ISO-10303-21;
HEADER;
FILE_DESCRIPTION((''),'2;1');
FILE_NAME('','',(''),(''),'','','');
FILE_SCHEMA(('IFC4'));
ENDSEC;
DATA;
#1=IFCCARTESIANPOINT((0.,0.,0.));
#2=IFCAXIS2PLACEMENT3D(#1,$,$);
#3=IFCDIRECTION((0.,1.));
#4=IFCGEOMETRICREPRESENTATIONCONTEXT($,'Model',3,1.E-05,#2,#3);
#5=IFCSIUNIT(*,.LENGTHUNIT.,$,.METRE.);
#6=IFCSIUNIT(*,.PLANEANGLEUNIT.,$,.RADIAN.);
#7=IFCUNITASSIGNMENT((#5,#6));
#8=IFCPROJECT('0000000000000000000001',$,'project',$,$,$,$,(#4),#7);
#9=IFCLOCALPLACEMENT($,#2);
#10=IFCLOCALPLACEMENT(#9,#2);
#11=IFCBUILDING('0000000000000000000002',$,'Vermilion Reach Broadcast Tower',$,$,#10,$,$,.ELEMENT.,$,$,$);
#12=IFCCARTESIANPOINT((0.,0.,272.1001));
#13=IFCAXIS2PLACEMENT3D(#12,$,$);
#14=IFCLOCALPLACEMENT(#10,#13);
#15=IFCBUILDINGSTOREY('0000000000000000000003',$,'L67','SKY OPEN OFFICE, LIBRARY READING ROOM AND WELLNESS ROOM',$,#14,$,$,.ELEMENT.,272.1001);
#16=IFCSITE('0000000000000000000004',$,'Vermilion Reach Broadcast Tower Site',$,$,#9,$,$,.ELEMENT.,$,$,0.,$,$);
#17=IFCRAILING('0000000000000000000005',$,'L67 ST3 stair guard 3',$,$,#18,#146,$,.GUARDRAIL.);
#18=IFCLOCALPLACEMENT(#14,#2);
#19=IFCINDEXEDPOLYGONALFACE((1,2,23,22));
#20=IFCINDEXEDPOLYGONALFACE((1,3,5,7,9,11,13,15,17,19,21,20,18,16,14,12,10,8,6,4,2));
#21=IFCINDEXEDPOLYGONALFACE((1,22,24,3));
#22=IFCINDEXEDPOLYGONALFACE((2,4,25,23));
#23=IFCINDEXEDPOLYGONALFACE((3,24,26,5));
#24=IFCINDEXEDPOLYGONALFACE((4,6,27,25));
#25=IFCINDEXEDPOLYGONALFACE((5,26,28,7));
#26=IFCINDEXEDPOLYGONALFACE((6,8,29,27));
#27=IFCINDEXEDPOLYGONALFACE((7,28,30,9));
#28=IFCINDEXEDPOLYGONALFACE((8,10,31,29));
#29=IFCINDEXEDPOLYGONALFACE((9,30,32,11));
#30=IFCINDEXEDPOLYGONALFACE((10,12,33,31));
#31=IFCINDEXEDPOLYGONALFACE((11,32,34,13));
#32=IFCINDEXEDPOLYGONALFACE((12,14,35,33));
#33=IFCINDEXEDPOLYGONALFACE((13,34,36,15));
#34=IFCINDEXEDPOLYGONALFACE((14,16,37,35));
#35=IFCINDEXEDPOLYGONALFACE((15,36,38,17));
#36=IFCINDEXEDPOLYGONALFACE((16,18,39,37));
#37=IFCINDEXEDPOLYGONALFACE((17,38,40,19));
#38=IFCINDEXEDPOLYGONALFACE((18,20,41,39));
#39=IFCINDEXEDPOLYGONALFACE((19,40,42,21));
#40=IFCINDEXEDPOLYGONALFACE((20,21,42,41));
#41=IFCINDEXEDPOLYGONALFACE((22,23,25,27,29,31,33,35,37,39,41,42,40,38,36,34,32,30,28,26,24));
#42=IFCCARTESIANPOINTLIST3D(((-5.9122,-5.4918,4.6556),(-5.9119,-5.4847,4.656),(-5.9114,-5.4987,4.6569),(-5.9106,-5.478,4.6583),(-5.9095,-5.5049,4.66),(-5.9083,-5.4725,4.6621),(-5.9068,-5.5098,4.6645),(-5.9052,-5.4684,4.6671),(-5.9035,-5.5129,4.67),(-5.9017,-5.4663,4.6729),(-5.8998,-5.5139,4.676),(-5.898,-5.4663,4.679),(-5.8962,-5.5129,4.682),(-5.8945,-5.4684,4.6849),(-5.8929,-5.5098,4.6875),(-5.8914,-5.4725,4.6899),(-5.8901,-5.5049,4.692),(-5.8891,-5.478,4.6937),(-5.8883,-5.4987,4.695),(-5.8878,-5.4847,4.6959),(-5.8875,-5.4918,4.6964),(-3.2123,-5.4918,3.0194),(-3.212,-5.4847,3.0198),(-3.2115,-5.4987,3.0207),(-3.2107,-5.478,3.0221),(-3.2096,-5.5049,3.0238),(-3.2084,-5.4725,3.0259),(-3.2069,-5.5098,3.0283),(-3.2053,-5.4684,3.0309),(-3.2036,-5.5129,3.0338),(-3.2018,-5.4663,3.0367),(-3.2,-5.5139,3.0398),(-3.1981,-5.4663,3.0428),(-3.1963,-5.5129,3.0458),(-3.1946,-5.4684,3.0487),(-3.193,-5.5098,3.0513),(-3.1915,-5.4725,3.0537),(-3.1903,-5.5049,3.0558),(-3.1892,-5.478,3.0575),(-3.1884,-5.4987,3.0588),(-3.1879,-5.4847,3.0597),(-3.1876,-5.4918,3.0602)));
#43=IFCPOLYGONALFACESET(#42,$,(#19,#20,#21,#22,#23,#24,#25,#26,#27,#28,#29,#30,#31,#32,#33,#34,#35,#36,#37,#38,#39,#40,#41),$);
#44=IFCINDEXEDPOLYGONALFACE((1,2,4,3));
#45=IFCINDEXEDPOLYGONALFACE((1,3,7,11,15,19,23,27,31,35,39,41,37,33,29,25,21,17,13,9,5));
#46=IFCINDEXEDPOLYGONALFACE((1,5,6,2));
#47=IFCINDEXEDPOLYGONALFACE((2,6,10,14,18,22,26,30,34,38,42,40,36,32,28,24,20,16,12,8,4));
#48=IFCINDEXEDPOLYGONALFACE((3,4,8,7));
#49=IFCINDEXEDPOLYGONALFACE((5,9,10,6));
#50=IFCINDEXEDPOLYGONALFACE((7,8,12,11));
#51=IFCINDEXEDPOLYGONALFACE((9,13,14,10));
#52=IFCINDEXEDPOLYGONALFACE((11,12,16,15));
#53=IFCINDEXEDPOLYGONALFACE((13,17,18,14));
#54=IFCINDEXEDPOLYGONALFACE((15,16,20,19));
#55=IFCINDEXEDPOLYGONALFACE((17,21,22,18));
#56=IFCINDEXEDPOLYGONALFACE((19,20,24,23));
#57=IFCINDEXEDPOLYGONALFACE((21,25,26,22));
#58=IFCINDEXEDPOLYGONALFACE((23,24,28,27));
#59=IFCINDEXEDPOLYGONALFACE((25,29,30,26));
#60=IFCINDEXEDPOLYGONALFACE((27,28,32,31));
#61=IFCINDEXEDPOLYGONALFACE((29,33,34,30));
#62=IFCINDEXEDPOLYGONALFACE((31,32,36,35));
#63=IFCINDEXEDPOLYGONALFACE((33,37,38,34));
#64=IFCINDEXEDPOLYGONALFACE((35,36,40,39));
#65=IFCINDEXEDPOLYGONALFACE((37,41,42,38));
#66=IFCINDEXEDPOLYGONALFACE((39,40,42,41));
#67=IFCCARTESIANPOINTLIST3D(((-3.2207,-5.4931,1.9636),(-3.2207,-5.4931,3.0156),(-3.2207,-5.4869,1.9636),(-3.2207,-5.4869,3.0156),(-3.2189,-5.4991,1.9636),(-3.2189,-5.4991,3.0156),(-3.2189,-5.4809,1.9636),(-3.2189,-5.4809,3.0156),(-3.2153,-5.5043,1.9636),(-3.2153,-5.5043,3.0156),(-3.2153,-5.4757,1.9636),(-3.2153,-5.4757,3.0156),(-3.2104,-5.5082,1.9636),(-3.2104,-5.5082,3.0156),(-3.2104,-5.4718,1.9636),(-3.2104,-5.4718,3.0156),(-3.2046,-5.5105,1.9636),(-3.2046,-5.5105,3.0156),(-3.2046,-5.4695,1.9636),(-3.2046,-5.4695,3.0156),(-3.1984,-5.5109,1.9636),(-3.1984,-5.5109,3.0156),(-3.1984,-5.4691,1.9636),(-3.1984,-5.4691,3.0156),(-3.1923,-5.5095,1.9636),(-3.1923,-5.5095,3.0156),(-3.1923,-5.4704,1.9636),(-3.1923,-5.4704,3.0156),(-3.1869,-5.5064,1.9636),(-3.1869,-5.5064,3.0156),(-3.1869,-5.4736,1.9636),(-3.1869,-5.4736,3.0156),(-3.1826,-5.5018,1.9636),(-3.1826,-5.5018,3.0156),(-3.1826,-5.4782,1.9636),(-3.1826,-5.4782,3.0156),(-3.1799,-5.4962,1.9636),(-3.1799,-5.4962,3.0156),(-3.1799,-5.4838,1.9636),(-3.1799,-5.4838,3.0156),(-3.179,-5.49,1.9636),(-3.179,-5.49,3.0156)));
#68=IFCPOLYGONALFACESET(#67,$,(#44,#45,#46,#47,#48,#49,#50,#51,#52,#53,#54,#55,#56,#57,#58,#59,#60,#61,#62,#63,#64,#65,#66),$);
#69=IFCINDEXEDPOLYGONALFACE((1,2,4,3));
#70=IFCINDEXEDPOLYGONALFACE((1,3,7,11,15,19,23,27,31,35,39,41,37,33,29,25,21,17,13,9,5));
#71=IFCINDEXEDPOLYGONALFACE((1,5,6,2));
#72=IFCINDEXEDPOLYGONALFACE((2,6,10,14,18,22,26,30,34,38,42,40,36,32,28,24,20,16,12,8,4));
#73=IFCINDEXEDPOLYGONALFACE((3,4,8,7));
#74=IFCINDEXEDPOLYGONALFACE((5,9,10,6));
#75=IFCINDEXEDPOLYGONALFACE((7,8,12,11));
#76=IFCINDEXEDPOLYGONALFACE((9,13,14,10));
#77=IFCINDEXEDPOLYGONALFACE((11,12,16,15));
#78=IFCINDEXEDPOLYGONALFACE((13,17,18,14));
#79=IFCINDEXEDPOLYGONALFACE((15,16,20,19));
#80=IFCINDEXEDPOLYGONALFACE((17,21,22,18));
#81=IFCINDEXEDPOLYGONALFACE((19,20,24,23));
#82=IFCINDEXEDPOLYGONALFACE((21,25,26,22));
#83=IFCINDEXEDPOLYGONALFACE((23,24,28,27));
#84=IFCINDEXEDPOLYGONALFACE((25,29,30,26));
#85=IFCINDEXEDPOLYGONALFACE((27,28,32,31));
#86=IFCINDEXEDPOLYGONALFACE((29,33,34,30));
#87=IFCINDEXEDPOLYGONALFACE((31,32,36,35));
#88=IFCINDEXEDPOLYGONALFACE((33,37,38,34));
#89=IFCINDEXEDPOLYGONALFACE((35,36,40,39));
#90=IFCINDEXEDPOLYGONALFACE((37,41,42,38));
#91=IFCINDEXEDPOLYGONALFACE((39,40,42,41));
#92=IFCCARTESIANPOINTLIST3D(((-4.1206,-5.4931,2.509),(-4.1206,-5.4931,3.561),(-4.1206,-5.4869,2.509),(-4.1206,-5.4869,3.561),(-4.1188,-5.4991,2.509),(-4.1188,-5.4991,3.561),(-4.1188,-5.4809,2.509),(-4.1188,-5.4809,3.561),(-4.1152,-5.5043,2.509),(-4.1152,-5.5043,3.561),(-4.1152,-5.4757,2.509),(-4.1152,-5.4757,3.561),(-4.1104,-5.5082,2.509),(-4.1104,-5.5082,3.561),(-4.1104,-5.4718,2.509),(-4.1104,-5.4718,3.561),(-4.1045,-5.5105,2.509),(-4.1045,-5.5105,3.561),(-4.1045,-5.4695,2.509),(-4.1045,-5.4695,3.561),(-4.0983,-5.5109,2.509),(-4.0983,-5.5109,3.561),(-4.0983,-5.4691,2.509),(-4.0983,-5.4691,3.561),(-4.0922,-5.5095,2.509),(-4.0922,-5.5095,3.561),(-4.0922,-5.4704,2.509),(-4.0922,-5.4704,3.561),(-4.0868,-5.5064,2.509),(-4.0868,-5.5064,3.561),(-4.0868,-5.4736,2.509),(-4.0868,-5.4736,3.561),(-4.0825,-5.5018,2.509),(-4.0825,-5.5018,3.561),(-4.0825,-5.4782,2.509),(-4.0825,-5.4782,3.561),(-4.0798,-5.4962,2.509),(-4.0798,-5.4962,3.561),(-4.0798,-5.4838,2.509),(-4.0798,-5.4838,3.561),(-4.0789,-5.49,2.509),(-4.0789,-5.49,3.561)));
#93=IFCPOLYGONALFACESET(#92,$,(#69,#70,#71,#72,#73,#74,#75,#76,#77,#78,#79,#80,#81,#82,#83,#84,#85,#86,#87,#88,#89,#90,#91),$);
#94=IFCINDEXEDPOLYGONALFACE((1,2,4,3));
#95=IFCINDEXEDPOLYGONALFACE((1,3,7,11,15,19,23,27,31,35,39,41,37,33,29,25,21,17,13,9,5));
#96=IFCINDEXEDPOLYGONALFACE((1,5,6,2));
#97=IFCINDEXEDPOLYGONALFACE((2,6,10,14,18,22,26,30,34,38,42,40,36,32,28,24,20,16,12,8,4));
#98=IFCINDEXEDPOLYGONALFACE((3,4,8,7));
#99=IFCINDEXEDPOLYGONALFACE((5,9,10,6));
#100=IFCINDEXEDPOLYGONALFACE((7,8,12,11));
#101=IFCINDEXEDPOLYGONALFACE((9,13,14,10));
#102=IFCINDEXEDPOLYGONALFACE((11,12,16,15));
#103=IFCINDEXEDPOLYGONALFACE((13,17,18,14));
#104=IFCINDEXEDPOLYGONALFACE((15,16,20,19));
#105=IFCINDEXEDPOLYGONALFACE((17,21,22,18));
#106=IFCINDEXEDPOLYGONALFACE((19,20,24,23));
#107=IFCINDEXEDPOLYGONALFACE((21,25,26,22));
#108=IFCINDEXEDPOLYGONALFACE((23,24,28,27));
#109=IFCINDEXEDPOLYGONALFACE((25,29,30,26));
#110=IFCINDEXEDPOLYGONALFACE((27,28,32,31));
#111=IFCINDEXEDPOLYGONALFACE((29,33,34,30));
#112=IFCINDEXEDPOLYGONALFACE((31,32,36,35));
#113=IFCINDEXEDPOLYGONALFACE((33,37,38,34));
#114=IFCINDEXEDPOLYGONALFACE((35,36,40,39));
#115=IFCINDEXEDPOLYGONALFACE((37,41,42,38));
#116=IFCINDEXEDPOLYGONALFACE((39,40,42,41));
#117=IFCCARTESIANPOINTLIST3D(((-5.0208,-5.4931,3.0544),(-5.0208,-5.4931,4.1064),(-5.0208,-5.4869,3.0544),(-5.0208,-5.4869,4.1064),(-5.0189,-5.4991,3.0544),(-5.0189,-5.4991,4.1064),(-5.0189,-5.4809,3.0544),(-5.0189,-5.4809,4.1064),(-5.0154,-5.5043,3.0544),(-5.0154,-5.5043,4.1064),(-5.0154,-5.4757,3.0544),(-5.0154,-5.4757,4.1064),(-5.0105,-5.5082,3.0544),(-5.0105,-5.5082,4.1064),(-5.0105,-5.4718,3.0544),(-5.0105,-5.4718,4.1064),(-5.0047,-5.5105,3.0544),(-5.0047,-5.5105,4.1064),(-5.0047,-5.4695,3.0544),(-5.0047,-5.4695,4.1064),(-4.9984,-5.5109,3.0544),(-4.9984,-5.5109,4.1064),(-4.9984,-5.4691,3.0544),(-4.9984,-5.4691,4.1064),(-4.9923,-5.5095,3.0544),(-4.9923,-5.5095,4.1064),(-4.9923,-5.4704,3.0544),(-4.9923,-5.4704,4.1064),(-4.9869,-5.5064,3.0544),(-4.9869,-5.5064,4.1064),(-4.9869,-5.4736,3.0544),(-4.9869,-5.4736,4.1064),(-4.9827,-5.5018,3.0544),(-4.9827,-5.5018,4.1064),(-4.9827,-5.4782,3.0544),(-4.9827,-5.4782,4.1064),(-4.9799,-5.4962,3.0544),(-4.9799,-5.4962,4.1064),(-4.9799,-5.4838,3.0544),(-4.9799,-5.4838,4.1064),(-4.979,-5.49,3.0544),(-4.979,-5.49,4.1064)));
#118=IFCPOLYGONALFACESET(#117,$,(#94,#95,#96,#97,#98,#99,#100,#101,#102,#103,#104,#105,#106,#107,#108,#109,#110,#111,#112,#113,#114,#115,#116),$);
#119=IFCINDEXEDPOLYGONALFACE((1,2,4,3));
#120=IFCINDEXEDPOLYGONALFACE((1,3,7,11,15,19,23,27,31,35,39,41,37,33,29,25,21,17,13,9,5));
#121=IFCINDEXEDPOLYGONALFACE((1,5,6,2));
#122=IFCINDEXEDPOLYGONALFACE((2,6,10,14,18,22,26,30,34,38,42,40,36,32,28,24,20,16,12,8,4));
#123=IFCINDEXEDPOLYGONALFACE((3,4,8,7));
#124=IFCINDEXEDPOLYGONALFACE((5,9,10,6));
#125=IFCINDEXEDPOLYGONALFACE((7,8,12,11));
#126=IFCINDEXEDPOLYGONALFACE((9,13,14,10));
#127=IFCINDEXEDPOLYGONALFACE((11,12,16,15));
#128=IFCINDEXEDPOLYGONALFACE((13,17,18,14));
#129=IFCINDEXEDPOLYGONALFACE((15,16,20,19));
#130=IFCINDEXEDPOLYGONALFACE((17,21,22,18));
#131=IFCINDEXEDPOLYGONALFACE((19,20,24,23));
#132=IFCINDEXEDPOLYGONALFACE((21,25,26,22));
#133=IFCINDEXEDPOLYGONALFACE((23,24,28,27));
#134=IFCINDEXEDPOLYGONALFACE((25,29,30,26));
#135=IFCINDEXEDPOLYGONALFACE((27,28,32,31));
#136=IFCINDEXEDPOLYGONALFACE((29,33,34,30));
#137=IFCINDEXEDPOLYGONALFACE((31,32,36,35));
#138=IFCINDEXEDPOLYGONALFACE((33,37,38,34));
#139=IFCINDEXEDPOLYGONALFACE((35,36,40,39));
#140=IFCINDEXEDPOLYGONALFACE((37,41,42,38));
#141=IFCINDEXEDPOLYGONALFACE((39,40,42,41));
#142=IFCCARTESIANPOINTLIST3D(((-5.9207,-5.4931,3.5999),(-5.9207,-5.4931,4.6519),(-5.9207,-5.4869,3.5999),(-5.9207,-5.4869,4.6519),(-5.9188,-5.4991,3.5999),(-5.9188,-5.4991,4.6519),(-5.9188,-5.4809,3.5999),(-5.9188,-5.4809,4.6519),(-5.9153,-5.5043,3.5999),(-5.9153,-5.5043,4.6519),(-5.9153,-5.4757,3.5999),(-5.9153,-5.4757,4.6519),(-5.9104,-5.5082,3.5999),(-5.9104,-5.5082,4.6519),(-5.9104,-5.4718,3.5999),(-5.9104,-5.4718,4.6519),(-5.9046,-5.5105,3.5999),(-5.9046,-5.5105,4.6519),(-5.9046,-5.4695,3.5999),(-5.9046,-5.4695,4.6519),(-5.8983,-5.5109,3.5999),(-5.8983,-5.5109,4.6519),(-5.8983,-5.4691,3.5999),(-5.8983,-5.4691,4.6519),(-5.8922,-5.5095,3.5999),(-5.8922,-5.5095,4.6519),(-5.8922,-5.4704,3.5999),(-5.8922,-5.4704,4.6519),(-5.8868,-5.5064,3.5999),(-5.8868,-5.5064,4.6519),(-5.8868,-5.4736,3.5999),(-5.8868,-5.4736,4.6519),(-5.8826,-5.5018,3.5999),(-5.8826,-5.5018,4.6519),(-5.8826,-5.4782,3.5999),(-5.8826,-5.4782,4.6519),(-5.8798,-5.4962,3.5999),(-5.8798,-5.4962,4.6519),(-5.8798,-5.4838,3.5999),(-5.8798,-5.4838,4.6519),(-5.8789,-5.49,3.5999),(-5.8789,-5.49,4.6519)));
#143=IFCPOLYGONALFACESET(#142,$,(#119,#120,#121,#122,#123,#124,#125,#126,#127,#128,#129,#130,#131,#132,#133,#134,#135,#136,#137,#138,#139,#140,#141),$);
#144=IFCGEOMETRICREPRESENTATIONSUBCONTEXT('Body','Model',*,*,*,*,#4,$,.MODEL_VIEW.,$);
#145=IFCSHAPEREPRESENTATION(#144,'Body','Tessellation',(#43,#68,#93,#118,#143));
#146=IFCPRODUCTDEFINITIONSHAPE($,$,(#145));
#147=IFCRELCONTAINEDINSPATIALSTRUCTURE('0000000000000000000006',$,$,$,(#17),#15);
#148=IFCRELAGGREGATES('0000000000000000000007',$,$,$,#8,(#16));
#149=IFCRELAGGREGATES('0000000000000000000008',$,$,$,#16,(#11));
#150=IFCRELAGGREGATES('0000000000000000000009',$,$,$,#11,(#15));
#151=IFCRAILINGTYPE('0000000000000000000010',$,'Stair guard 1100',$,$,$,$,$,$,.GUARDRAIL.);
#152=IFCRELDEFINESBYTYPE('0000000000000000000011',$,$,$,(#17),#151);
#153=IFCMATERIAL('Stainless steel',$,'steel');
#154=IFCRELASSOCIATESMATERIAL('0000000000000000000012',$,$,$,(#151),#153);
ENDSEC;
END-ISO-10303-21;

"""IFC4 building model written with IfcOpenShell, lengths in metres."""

from ifc_helpers import new_model, si_unit, direction, frame, origin, origin_2d, place, context, subcontext, project, spatial, circle, extrude, material, type_object, element, save


model = new_model("IFC4")

# Units and contexts
model_context = context("Model", 3, precision=1e-05, world=origin(), true_north=direction((0.0, 1.0)))
body_context = subcontext(model_context, "Body", "Model", "MODEL_VIEW")
ifc_project = project(units=[si_unit("LENGTHUNIT", "METRE"), si_unit("PLANEANGLEUNIT", "RADIAN")], contexts=[model_context])

# Site, building, storey
site_placement = place(None, origin())
site = spatial("IfcSite", under=ifc_project, at=site_placement, Name="Vermilion Reach Broadcast Tower Site", CompositionType="ELEMENT", RefElevation=0.0)
building_placement = place(site_placement, origin())
building = spatial("IfcBuilding", under=site, at=building_placement, Name="Vermilion Reach Broadcast Tower", CompositionType="ELEMENT")
storey_placement = place(building_placement, frame((0.0, 0.0, 272.1001)))
storey = spatial("IfcBuildingStorey", under=building, at=storey_placement, Name="L67", Description="SKY OPEN OFFICE, LIBRARY READING ROOM AND WELLNESS ROOM", CompositionType="ELEMENT", Elevation=272.1001)

# Railing
ifc_material_1 = material(Name="Stainless steel", Category="steel")
railing_type_1 = type_object("IfcRailingType", Name="Stair guard 1100", PredefinedType="GUARDRAIL", material=ifc_material_1)
railing_1_placement = place(storey_placement, frame((-3.2, -5.49, 1.9636)))
element("IfcRailing", 1, at=railing_1_placement, inside=storey, type_object=railing_type_1, Name="L67 ST3 stair guard 3", PredefinedType="GUARDRAIL", context=body_context, shape_type="SweptSolid", body=[
    extrude(circle(Radius=0.0239, at=origin_2d()), frame((0.0, 0.0, 1.0762), z_axis=(-0.855212, 0.0, 0.518278), x_axis=(0.0, -1.0, 0.0)), (0.0, 0.0, 1.0), 3.157),
    extrude(circle(Radius=0.021, at=origin_2d()), origin(), (0.0, 0.0, 1.0), 1.052),
    extrude(circle(Radius=0.021, at=origin_2d()), frame((-0.8999, 0.0, 0.5454)), (0.0, 0.0, 1.0), 1.052),
    extrude(circle(Radius=0.021, at=origin_2d()), frame((-1.8, 0.0, 1.0908)), (0.0, 0.0, 1.0), 1.052),
    extrude(circle(Radius=0.021, at=origin_2d()), frame((-2.7, 0.0, 1.6362)), (0.0, 0.0, 1.0), 1.052),
])

save(model, "model.ifc")
